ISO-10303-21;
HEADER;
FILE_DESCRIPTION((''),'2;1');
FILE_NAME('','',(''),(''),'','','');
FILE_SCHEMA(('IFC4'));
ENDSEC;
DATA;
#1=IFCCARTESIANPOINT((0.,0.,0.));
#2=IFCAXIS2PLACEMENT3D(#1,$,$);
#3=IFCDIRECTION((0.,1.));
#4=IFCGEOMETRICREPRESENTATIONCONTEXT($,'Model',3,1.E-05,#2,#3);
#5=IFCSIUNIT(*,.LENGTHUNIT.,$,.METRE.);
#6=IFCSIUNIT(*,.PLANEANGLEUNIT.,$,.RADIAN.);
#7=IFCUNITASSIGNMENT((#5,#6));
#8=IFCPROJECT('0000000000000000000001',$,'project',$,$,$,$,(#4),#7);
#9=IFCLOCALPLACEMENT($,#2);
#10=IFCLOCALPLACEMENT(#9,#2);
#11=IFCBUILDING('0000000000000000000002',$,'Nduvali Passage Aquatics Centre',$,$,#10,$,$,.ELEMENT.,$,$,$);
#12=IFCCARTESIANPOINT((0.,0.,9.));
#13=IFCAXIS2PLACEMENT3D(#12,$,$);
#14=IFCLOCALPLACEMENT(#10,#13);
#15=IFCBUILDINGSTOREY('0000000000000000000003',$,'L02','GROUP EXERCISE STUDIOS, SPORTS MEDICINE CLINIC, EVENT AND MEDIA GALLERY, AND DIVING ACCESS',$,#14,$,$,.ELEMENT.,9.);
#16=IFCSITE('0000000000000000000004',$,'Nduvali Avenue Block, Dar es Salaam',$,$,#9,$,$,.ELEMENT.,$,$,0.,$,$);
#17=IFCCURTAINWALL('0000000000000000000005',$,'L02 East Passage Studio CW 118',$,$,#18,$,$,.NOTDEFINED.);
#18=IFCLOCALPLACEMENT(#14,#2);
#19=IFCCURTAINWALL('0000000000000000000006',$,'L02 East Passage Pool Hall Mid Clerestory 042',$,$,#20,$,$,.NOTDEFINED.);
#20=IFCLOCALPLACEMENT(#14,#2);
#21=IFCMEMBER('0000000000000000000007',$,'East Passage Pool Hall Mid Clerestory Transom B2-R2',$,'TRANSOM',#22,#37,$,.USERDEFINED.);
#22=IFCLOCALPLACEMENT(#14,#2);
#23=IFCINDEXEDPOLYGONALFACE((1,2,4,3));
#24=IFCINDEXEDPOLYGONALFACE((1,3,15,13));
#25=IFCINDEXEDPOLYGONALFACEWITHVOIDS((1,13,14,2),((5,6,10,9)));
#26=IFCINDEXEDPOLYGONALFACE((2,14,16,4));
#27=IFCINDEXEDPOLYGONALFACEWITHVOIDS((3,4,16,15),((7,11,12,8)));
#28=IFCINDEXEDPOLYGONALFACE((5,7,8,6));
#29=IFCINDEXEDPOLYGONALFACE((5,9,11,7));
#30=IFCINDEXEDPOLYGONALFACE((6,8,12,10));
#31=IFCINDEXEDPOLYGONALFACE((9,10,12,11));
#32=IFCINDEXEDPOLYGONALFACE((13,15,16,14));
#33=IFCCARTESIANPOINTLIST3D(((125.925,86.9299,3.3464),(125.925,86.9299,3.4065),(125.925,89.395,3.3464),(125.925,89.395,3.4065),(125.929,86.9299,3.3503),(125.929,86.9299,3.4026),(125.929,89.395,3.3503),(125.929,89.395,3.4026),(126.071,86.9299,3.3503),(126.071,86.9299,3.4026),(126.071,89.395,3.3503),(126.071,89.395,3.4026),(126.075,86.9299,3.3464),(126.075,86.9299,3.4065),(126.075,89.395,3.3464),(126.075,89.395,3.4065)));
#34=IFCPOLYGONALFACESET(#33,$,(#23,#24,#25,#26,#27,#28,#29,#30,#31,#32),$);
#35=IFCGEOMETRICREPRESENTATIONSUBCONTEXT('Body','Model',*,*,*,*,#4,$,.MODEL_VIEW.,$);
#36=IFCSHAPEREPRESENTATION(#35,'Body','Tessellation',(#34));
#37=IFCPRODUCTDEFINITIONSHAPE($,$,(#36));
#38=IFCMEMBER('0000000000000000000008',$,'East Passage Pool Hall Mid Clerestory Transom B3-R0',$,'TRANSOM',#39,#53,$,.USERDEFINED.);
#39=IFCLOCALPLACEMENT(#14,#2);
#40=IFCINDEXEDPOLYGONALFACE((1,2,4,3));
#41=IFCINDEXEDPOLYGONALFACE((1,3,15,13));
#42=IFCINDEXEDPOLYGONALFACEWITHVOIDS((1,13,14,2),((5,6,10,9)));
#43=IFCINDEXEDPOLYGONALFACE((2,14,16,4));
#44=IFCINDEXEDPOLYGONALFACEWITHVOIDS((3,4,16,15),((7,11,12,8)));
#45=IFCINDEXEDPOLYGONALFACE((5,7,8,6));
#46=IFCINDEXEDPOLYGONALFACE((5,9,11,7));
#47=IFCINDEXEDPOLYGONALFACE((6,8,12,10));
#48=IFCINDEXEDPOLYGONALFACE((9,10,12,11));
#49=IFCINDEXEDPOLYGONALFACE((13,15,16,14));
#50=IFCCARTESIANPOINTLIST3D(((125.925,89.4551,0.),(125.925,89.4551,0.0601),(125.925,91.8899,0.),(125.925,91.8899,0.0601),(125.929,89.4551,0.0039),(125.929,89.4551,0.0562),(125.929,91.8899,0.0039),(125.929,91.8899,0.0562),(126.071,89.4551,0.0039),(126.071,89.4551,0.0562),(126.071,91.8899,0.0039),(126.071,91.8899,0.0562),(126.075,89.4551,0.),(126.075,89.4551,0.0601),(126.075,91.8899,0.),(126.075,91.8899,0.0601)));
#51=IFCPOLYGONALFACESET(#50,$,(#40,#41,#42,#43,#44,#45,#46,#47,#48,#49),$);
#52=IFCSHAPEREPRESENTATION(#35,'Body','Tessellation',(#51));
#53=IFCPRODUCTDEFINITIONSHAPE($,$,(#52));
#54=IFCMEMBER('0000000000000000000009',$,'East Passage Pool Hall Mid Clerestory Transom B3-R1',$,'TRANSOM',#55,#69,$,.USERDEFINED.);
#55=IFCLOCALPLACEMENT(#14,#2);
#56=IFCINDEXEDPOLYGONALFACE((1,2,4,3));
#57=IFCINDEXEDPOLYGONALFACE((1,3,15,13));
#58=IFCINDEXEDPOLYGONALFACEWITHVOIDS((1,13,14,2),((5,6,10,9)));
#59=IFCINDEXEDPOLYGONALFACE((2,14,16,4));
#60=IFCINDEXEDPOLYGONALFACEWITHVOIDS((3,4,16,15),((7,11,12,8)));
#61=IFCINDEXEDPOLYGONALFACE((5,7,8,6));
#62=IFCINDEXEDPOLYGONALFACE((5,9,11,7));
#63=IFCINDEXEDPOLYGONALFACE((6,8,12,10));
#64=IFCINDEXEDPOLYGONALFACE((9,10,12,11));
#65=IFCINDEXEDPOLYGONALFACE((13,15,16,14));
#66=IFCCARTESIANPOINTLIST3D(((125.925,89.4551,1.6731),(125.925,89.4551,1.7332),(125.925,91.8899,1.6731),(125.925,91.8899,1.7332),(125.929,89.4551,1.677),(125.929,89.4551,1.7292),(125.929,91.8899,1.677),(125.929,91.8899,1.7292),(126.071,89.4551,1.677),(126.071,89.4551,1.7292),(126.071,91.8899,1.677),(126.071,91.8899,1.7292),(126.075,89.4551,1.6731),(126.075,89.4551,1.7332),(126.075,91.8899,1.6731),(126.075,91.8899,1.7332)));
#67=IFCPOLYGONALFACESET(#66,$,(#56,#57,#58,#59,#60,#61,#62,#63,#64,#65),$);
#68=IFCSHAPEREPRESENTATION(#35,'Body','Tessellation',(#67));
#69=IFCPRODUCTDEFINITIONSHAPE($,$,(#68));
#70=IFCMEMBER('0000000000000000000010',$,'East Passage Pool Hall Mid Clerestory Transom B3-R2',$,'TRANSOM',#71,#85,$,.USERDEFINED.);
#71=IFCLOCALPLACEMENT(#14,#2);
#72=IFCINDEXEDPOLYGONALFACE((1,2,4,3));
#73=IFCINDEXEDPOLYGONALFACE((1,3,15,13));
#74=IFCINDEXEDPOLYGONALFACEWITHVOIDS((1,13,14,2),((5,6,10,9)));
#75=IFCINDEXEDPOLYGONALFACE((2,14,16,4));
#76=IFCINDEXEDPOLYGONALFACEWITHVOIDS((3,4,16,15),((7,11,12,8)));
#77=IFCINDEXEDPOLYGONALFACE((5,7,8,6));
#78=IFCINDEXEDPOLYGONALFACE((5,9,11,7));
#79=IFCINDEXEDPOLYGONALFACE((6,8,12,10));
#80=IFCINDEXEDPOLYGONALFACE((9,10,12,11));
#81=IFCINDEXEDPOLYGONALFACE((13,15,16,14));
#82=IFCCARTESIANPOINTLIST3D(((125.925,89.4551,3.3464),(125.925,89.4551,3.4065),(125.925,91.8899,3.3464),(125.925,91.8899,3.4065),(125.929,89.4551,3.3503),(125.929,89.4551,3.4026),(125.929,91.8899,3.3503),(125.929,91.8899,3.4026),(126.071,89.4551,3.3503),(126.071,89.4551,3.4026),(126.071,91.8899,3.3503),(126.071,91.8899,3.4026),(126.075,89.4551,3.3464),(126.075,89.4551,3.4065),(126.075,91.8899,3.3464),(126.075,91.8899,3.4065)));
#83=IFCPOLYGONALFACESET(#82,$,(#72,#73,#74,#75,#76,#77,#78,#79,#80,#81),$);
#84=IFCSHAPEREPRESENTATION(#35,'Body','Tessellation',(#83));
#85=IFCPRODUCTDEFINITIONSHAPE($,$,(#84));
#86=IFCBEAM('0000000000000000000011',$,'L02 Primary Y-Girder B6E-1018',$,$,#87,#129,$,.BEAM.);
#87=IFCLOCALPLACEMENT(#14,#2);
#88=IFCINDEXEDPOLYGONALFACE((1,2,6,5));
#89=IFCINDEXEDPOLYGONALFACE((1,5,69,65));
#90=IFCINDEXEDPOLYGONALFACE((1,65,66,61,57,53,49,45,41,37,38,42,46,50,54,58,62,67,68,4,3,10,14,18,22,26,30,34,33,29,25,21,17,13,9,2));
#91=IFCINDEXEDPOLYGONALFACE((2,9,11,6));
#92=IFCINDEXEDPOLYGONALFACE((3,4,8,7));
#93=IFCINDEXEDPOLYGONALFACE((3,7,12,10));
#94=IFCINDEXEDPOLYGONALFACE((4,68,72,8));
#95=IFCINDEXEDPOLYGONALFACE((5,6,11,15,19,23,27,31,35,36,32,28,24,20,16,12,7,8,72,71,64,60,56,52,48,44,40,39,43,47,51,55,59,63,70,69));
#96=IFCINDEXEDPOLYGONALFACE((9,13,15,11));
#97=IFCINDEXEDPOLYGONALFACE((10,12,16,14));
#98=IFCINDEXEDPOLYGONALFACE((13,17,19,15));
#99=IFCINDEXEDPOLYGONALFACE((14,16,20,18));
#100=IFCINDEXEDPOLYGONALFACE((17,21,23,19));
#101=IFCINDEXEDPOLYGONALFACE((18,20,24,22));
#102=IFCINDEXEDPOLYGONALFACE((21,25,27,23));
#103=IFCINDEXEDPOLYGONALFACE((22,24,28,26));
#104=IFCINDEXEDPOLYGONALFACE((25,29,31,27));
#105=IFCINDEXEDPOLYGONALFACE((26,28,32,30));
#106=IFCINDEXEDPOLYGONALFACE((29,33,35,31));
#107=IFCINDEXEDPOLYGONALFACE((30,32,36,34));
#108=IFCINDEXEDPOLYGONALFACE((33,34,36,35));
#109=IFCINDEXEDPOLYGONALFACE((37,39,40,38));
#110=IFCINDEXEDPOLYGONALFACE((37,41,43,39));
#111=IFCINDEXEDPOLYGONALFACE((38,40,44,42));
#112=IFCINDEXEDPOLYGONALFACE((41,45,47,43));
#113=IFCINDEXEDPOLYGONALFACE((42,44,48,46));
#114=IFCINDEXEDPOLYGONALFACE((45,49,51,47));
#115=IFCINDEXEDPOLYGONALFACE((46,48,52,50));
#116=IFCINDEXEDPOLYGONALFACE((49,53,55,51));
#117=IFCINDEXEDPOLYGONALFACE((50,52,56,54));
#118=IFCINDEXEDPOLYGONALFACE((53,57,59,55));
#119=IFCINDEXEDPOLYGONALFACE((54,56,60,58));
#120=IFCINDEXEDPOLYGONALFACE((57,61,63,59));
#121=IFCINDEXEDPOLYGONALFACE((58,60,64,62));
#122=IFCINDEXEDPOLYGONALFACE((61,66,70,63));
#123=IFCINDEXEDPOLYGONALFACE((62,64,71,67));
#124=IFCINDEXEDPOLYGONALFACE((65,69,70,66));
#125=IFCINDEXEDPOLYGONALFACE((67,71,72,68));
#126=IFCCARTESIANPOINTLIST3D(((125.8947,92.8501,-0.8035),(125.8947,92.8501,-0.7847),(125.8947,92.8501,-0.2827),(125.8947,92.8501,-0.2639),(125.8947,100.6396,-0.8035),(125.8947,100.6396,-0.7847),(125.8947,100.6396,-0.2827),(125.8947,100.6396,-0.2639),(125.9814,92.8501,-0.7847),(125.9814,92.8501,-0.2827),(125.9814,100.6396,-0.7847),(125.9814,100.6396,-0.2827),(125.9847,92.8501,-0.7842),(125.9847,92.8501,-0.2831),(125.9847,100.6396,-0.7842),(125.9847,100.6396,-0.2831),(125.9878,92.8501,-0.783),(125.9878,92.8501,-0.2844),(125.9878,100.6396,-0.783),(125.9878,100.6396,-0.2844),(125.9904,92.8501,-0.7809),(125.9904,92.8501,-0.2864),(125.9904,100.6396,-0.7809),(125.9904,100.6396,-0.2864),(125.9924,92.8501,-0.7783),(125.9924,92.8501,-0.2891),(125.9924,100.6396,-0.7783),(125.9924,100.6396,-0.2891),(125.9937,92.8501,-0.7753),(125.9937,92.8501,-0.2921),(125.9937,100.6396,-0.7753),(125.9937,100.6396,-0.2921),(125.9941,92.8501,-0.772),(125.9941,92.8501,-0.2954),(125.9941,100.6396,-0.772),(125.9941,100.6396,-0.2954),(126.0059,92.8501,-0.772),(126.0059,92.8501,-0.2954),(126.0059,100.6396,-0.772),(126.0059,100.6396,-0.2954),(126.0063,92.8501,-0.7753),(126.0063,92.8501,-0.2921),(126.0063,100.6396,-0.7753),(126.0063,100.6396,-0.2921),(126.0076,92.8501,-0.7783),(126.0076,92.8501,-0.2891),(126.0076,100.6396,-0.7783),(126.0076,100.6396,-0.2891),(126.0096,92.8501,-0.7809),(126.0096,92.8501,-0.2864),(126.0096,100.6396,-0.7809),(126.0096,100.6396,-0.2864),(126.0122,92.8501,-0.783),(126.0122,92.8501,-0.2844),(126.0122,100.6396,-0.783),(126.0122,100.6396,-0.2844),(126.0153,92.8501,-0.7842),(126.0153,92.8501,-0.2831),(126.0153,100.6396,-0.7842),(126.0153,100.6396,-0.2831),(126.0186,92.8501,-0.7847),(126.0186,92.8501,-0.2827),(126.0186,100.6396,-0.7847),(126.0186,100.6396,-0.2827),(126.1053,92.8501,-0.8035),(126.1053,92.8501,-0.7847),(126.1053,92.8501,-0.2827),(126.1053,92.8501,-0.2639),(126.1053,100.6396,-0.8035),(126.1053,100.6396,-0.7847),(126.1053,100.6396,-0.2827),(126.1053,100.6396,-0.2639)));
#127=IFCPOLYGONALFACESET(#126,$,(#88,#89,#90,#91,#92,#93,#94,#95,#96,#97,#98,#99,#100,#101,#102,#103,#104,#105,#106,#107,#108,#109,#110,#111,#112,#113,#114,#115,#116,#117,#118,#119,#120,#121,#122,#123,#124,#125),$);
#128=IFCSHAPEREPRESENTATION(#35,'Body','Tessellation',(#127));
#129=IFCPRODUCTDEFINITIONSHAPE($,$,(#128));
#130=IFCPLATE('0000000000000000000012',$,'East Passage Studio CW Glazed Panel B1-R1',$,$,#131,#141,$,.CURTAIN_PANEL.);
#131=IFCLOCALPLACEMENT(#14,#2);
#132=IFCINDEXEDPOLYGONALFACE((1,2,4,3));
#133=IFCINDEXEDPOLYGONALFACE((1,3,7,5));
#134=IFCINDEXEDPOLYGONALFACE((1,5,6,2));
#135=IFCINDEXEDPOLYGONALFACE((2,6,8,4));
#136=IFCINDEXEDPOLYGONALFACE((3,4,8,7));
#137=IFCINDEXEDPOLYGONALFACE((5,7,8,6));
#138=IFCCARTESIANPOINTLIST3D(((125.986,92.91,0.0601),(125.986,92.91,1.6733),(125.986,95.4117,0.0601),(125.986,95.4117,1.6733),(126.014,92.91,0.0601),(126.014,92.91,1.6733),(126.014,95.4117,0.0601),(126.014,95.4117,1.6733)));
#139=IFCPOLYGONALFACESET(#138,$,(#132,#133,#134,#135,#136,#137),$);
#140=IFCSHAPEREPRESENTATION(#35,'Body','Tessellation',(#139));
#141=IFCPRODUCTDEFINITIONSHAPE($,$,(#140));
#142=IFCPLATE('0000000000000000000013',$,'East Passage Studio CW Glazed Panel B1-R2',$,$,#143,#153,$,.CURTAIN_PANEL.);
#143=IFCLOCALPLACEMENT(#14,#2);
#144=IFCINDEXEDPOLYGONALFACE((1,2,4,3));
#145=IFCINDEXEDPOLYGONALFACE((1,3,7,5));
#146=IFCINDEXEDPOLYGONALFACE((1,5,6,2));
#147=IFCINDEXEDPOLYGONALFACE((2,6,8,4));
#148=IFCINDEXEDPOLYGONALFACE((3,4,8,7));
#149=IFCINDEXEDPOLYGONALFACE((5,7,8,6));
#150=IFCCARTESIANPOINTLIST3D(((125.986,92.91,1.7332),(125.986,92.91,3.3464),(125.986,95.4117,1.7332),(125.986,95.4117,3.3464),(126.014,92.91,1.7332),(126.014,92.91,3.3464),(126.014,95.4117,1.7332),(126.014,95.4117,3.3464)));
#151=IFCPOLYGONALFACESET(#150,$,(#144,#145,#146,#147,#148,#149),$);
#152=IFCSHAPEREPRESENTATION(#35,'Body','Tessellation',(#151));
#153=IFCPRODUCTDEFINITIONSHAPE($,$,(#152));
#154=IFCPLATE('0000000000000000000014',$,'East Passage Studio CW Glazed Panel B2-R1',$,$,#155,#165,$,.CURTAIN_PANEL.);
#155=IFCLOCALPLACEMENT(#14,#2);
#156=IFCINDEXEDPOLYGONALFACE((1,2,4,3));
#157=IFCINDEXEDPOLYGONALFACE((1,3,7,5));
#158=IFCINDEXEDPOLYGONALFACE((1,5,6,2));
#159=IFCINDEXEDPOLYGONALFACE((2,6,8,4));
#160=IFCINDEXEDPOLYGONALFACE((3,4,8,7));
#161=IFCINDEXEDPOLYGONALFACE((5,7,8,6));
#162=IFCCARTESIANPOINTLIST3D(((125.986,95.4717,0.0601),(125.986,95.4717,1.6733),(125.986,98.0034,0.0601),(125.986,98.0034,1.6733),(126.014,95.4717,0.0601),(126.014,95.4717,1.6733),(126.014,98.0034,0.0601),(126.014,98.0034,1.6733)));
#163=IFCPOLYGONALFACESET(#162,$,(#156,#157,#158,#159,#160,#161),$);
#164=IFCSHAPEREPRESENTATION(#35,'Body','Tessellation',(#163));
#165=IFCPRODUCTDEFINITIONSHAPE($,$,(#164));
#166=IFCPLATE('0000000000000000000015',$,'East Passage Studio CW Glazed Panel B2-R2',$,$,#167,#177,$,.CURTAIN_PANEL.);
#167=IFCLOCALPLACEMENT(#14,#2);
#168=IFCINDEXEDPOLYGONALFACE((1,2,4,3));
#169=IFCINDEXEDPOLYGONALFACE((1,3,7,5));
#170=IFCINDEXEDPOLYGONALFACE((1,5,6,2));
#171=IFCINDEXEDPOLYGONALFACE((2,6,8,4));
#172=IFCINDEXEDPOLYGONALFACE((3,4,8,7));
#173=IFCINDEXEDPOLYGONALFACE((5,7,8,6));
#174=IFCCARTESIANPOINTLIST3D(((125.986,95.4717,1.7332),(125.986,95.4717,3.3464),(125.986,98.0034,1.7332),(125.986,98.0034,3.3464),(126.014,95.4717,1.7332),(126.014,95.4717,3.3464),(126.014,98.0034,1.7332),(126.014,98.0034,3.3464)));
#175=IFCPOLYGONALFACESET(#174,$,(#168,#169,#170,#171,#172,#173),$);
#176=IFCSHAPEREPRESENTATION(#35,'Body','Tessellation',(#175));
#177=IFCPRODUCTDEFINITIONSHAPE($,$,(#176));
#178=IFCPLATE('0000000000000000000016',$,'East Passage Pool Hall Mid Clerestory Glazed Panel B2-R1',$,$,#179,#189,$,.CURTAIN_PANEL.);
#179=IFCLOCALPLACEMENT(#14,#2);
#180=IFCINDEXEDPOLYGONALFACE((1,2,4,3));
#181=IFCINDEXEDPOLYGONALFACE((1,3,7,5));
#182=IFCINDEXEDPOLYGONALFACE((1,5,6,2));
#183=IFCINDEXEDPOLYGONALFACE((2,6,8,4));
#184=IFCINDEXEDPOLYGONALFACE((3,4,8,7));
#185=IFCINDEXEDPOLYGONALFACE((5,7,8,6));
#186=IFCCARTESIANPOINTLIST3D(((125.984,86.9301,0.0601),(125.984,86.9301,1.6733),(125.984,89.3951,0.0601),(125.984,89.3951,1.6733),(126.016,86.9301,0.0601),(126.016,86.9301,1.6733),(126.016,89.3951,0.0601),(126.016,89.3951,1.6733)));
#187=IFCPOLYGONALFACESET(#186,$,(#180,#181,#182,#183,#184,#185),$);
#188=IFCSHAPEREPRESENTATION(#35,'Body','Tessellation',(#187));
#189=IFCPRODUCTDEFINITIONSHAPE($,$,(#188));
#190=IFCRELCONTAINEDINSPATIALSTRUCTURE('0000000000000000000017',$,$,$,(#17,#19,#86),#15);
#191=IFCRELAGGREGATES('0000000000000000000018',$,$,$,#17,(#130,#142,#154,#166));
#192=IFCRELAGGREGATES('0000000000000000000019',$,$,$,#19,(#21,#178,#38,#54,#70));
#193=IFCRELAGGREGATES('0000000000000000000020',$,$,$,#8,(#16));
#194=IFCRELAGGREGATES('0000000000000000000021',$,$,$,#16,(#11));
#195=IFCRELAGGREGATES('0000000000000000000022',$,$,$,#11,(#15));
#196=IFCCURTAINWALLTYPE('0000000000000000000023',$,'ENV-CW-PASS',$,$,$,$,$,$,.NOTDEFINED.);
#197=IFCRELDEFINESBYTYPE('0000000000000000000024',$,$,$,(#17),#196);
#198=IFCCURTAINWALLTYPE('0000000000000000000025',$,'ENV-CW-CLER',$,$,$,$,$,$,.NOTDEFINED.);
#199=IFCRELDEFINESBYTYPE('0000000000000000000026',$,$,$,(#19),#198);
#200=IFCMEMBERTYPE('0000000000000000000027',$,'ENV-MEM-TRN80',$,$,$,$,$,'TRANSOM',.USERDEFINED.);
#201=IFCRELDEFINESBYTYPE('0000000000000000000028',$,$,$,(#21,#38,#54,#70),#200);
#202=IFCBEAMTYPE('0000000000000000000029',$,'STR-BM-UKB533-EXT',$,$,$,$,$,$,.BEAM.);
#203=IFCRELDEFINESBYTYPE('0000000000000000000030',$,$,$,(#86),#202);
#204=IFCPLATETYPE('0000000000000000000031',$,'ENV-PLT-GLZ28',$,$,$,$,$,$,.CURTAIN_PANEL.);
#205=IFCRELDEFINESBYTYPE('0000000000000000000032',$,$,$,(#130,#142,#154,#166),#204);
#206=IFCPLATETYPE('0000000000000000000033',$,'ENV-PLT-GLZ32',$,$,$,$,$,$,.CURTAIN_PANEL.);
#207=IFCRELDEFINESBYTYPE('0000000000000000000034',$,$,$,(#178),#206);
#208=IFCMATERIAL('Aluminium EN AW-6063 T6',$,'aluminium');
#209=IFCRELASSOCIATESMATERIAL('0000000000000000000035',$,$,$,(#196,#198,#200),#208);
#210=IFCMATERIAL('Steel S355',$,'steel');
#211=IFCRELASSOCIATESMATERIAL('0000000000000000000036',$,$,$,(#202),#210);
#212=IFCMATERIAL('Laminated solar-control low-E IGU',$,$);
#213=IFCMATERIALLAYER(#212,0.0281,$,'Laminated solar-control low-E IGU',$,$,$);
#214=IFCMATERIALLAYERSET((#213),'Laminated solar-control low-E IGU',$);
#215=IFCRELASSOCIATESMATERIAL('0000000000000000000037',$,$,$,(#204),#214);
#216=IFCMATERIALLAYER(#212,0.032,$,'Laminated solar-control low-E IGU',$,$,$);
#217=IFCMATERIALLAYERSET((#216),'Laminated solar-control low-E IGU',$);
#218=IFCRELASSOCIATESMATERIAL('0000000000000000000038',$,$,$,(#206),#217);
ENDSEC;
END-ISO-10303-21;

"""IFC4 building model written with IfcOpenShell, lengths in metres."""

from ifc_helpers import new_model, si_unit, direction, frame, origin, origin_2d, place, context, subcontext, project, spatial, rectangle, hollow_rectangle, i_section, extrude, material, layer, layer_set, material_profile, profile_set, type_object, element, aggregate, save


model = new_model("IFC4")

# Units and contexts
model_context = context("Model", 3, precision=1e-05, world=origin(), true_north=direction((0.0, 1.0)))
body_context = subcontext(model_context, "Body", "Model", "MODEL_VIEW")
ifc_project = project(units=[si_unit("LENGTHUNIT", "METRE"), si_unit("PLANEANGLEUNIT", "RADIAN")], contexts=[model_context])

# Site, building, storey
site_placement = place(None, origin())
site = spatial("IfcSite", under=ifc_project, at=site_placement, Name="Nduvali Avenue Block, Dar es Salaam", CompositionType="ELEMENT", RefElevation=0.0)
building_placement = place(site_placement, origin())
building = spatial("IfcBuilding", under=site, at=building_placement, Name="Nduvali Passage Aquatics Centre", CompositionType="ELEMENT")
storey_placement = place(building_placement, frame((0.0, 0.0, 9.0)))
storey = spatial("IfcBuildingStorey", under=building, at=storey_placement, Name="L02", Description="GROUP EXERCISE STUDIOS, SPORTS MEDICINE CLINIC, EVENT AND MEDIA GALLERY, AND DIVING ACCESS", CompositionType="ELEMENT", Elevation=9.0)

# Curtain walls
ifc_material_1 = material(Name="Aluminium EN AW-6063 T6", Category="aluminium")
curtain_wall_type_1 = type_object("IfcCurtainWallType", Name="ENV-CW-PASS", PredefinedType="NOTDEFINED", material=ifc_material_1)
curtain_wall_1_placement = place(storey_placement, origin())
curtain_wall_1 = element("IfcCurtainWall", 1, at=curtain_wall_1_placement, inside=storey, type_object=curtain_wall_type_1, Name="L02 East Passage Studio CW 118", PredefinedType="NOTDEFINED")
curtain_wall_type_2 = type_object("IfcCurtainWallType", Name="ENV-CW-CLER", PredefinedType="NOTDEFINED", material=ifc_material_1)
curtain_wall_2_placement = place(storey_placement, origin())
curtain_wall_2 = element("IfcCurtainWall", 2, at=curtain_wall_2_placement, inside=storey, type_object=curtain_wall_type_2, Name="L02 East Passage Pool Hall Mid Clerestory 042", PredefinedType="NOTDEFINED")

# Members
ifc_material_profile_1 = material_profile(ifc_material_1, hollow_rectangle(XDim=0.1499, YDim=0.0601, WallThickness=0.0039, at=origin_2d()), Name="ALU TRANSOM 150x60x4")
ifc_profile_set_1 = profile_set([ifc_material_profile_1], Name="Aluminium EN AW-6063 T6")
member_type_1 = type_object("IfcMemberType", Name="ENV-MEM-TRN80", ElementType="TRANSOM", PredefinedType="USERDEFINED", material=ifc_profile_set_1)
member_1_placement = place(storey_placement, frame((126.0, 86.9299, 3.3765), z_axis=(0.0, 1.0, 0.0), x_axis=(-1.0, 0.0, 0.0)))
member_1 = element("IfcMember", 3, at=member_1_placement, type_object=member_type_1, Name="East Passage Pool Hall Mid Clerestory Transom B2-R2", ObjectType="TRANSOM", PredefinedType="USERDEFINED", context=body_context, shape_type="SweptSolid", body=[
    extrude(hollow_rectangle(XDim=0.1499, YDim=0.0601, WallThickness=0.0039, at=origin_2d()), origin(), (0.0, 0.0, 1.0), 2.4651),
])
member_2_placement = place(storey_placement, frame((126.0, 89.4551, 0.03), z_axis=(0.0, 1.0, 0.0), x_axis=(-1.0, 0.0, 0.0)))
member_2 = element("IfcMember", 4, at=member_2_placement, type_object=member_type_1, Name="East Passage Pool Hall Mid Clerestory Transom B3-R0", ObjectType="TRANSOM", PredefinedType="USERDEFINED", context=body_context, shape_type="SweptSolid", body=[
    extrude(hollow_rectangle(XDim=0.1499, YDim=0.0601, WallThickness=0.0039, at=origin_2d()), origin(), (0.0, 0.0, 1.0), 2.4348),
])
member_3_placement = place(storey_placement, frame((126.0, 89.4551, 1.7031), z_axis=(0.0, 1.0, 0.0), x_axis=(-1.0, 0.0, 0.0)))
member_3 = element("IfcMember", 5, at=member_3_placement, type_object=member_type_1, Name="East Passage Pool Hall Mid Clerestory Transom B3-R1", ObjectType="TRANSOM", PredefinedType="USERDEFINED", context=body_context, shape_type="SweptSolid", body=[
    extrude(hollow_rectangle(XDim=0.1499, YDim=0.0601, WallThickness=0.0039, at=origin_2d()), origin(), (0.0, 0.0, 1.0), 2.4348),
])
member_4_placement = place(storey_placement, frame((126.0, 89.4551, 3.3765), z_axis=(0.0, 1.0, 0.0), x_axis=(-1.0, 0.0, 0.0)))
member_4 = element("IfcMember", 6, at=member_4_placement, type_object=member_type_1, Name="East Passage Pool Hall Mid Clerestory Transom B3-R2", ObjectType="TRANSOM", PredefinedType="USERDEFINED", context=body_context, shape_type="SweptSolid", body=[
    extrude(hollow_rectangle(XDim=0.1499, YDim=0.0601, WallThickness=0.0039, at=origin_2d()), origin(), (0.0, 0.0, 1.0), 2.4348),
])

# Beam
ifc_material_2 = material(Name="Steel S355", Category="steel")
ifc_material_profile_2 = material_profile(ifc_material_2, i_section(OverallWidth=0.2107, OverallDepth=0.5396, WebThickness=0.0117, FlangeThickness=0.0188, FilletRadius=0.0127, at=origin_2d()), Name="UKB 533x210x109")
ifc_profile_set_2 = profile_set([ifc_material_profile_2], Name="Steel S355")
beam_type = type_object("IfcBeamType", Name="STR-BM-UKB533-EXT", PredefinedType="BEAM", material=ifc_profile_set_2)
beam_placement = place(storey_placement, frame((126.0, 92.8501, -0.5337), z_axis=(0.0, 1.0, 0.0), x_axis=(-1.0, 0.0, 0.0)))
element("IfcBeam", 7, at=beam_placement, inside=storey, type_object=beam_type, Name="L02 Primary Y-Girder B6E-1018", PredefinedType="BEAM", context=body_context, shape_type="SweptSolid", body=[
    extrude(i_section(OverallWidth=0.2107, OverallDepth=0.5396, WebThickness=0.0117, FlangeThickness=0.0188, FilletRadius=0.0127, at=origin_2d()), origin(), (0.0, 0.0, 1.0), 7.7896),
])

# Plates
ifc_material_3 = material(Name="Laminated solar-control low-E IGU")
ifc_layer_1 = layer(ifc_material_3, 0.0281, Name="Laminated solar-control low-E IGU")
ifc_layer_set_1 = layer_set([ifc_layer_1], Name="Laminated solar-control low-E IGU")
plate_type_1 = type_object("IfcPlateType", Name="ENV-PLT-GLZ28", PredefinedType="CURTAIN_PANEL", material=ifc_layer_set_1)
plate_1_placement = place(storey_placement, frame((126.0, 94.1609, 0.0601), z_axis=(0.0, 0.0, 1.0), x_axis=(0.0, 1.0, 0.0)))
plate_1 = element("IfcPlate", 8, at=plate_1_placement, type_object=plate_type_1, Name="East Passage Studio CW Glazed Panel B1-R1", PredefinedType="CURTAIN_PANEL", context=body_context, shape_type="SweptSolid", body=[
    extrude(rectangle(XDim=2.5017, YDim=0.0281, at=origin_2d()), origin(), (0.0, 0.0, 1.0), 1.6133),
])
plate_2_placement = place(storey_placement, frame((126.0, 94.1609, 1.7332), z_axis=(0.0, 0.0, 1.0), x_axis=(0.0, 1.0, 0.0)))
plate_2 = element("IfcPlate", 9, at=plate_2_placement, type_object=plate_type_1, Name="East Passage Studio CW Glazed Panel B1-R2", PredefinedType="CURTAIN_PANEL", context=body_context, shape_type="SweptSolid", body=[
    extrude(rectangle(XDim=2.5017, YDim=0.0281, at=origin_2d()), origin(), (0.0, 0.0, 1.0), 1.6133),
])
plate_3_placement = place(storey_placement, frame((126.0, 96.7375, 0.0601), z_axis=(0.0, 0.0, 1.0), x_axis=(0.0, 1.0, 0.0)))
plate_3 = element("IfcPlate", 10, at=plate_3_placement, type_object=plate_type_1, Name="East Passage Studio CW Glazed Panel B2-R1", PredefinedType="CURTAIN_PANEL", context=body_context, shape_type="SweptSolid", body=[
    extrude(rectangle(XDim=2.5317, YDim=0.0281, at=origin_2d()), origin(), (0.0, 0.0, 1.0), 1.6133),
])
plate_4_placement = place(storey_placement, frame((126.0, 96.7375, 1.7332), z_axis=(0.0, 0.0, 1.0), x_axis=(0.0, 1.0, 0.0)))
plate_4 = element("IfcPlate", 11, at=plate_4_placement, type_object=plate_type_1, Name="East Passage Studio CW Glazed Panel B2-R2", PredefinedType="CURTAIN_PANEL", context=body_context, shape_type="SweptSolid", body=[
    extrude(rectangle(XDim=2.5317, YDim=0.0281, at=origin_2d()), origin(), (0.0, 0.0, 1.0), 1.6133),
])
aggregate(curtain_wall_1, [plate_1, plate_2, plate_3, plate_4])
ifc_layer_2 = layer(ifc_material_3, 0.032, Name="Laminated solar-control low-E IGU")
ifc_layer_set_2 = layer_set([ifc_layer_2], Name="Laminated solar-control low-E IGU")
plate_type_2 = type_object("IfcPlateType", Name="ENV-PLT-GLZ32", PredefinedType="CURTAIN_PANEL", material=ifc_layer_set_2)
plate_5_placement = place(storey_placement, frame((126.0, 88.1626, 0.0601), z_axis=(0.0, 0.0, 1.0), x_axis=(0.0, 1.0, 0.0)))
plate_5 = element("IfcPlate", 12, at=plate_5_placement, type_object=plate_type_2, Name="East Passage Pool Hall Mid Clerestory Glazed Panel B2-R1", PredefinedType="CURTAIN_PANEL", context=body_context, shape_type="SweptSolid", body=[
    extrude(rectangle(XDim=2.4651, YDim=0.032, at=origin_2d()), origin(), (0.0, 0.0, 1.0), 1.6133),
])
aggregate(curtain_wall_2, [member_1, plate_5, member_2, member_3, member_4])

save(model, "model.ifc")
